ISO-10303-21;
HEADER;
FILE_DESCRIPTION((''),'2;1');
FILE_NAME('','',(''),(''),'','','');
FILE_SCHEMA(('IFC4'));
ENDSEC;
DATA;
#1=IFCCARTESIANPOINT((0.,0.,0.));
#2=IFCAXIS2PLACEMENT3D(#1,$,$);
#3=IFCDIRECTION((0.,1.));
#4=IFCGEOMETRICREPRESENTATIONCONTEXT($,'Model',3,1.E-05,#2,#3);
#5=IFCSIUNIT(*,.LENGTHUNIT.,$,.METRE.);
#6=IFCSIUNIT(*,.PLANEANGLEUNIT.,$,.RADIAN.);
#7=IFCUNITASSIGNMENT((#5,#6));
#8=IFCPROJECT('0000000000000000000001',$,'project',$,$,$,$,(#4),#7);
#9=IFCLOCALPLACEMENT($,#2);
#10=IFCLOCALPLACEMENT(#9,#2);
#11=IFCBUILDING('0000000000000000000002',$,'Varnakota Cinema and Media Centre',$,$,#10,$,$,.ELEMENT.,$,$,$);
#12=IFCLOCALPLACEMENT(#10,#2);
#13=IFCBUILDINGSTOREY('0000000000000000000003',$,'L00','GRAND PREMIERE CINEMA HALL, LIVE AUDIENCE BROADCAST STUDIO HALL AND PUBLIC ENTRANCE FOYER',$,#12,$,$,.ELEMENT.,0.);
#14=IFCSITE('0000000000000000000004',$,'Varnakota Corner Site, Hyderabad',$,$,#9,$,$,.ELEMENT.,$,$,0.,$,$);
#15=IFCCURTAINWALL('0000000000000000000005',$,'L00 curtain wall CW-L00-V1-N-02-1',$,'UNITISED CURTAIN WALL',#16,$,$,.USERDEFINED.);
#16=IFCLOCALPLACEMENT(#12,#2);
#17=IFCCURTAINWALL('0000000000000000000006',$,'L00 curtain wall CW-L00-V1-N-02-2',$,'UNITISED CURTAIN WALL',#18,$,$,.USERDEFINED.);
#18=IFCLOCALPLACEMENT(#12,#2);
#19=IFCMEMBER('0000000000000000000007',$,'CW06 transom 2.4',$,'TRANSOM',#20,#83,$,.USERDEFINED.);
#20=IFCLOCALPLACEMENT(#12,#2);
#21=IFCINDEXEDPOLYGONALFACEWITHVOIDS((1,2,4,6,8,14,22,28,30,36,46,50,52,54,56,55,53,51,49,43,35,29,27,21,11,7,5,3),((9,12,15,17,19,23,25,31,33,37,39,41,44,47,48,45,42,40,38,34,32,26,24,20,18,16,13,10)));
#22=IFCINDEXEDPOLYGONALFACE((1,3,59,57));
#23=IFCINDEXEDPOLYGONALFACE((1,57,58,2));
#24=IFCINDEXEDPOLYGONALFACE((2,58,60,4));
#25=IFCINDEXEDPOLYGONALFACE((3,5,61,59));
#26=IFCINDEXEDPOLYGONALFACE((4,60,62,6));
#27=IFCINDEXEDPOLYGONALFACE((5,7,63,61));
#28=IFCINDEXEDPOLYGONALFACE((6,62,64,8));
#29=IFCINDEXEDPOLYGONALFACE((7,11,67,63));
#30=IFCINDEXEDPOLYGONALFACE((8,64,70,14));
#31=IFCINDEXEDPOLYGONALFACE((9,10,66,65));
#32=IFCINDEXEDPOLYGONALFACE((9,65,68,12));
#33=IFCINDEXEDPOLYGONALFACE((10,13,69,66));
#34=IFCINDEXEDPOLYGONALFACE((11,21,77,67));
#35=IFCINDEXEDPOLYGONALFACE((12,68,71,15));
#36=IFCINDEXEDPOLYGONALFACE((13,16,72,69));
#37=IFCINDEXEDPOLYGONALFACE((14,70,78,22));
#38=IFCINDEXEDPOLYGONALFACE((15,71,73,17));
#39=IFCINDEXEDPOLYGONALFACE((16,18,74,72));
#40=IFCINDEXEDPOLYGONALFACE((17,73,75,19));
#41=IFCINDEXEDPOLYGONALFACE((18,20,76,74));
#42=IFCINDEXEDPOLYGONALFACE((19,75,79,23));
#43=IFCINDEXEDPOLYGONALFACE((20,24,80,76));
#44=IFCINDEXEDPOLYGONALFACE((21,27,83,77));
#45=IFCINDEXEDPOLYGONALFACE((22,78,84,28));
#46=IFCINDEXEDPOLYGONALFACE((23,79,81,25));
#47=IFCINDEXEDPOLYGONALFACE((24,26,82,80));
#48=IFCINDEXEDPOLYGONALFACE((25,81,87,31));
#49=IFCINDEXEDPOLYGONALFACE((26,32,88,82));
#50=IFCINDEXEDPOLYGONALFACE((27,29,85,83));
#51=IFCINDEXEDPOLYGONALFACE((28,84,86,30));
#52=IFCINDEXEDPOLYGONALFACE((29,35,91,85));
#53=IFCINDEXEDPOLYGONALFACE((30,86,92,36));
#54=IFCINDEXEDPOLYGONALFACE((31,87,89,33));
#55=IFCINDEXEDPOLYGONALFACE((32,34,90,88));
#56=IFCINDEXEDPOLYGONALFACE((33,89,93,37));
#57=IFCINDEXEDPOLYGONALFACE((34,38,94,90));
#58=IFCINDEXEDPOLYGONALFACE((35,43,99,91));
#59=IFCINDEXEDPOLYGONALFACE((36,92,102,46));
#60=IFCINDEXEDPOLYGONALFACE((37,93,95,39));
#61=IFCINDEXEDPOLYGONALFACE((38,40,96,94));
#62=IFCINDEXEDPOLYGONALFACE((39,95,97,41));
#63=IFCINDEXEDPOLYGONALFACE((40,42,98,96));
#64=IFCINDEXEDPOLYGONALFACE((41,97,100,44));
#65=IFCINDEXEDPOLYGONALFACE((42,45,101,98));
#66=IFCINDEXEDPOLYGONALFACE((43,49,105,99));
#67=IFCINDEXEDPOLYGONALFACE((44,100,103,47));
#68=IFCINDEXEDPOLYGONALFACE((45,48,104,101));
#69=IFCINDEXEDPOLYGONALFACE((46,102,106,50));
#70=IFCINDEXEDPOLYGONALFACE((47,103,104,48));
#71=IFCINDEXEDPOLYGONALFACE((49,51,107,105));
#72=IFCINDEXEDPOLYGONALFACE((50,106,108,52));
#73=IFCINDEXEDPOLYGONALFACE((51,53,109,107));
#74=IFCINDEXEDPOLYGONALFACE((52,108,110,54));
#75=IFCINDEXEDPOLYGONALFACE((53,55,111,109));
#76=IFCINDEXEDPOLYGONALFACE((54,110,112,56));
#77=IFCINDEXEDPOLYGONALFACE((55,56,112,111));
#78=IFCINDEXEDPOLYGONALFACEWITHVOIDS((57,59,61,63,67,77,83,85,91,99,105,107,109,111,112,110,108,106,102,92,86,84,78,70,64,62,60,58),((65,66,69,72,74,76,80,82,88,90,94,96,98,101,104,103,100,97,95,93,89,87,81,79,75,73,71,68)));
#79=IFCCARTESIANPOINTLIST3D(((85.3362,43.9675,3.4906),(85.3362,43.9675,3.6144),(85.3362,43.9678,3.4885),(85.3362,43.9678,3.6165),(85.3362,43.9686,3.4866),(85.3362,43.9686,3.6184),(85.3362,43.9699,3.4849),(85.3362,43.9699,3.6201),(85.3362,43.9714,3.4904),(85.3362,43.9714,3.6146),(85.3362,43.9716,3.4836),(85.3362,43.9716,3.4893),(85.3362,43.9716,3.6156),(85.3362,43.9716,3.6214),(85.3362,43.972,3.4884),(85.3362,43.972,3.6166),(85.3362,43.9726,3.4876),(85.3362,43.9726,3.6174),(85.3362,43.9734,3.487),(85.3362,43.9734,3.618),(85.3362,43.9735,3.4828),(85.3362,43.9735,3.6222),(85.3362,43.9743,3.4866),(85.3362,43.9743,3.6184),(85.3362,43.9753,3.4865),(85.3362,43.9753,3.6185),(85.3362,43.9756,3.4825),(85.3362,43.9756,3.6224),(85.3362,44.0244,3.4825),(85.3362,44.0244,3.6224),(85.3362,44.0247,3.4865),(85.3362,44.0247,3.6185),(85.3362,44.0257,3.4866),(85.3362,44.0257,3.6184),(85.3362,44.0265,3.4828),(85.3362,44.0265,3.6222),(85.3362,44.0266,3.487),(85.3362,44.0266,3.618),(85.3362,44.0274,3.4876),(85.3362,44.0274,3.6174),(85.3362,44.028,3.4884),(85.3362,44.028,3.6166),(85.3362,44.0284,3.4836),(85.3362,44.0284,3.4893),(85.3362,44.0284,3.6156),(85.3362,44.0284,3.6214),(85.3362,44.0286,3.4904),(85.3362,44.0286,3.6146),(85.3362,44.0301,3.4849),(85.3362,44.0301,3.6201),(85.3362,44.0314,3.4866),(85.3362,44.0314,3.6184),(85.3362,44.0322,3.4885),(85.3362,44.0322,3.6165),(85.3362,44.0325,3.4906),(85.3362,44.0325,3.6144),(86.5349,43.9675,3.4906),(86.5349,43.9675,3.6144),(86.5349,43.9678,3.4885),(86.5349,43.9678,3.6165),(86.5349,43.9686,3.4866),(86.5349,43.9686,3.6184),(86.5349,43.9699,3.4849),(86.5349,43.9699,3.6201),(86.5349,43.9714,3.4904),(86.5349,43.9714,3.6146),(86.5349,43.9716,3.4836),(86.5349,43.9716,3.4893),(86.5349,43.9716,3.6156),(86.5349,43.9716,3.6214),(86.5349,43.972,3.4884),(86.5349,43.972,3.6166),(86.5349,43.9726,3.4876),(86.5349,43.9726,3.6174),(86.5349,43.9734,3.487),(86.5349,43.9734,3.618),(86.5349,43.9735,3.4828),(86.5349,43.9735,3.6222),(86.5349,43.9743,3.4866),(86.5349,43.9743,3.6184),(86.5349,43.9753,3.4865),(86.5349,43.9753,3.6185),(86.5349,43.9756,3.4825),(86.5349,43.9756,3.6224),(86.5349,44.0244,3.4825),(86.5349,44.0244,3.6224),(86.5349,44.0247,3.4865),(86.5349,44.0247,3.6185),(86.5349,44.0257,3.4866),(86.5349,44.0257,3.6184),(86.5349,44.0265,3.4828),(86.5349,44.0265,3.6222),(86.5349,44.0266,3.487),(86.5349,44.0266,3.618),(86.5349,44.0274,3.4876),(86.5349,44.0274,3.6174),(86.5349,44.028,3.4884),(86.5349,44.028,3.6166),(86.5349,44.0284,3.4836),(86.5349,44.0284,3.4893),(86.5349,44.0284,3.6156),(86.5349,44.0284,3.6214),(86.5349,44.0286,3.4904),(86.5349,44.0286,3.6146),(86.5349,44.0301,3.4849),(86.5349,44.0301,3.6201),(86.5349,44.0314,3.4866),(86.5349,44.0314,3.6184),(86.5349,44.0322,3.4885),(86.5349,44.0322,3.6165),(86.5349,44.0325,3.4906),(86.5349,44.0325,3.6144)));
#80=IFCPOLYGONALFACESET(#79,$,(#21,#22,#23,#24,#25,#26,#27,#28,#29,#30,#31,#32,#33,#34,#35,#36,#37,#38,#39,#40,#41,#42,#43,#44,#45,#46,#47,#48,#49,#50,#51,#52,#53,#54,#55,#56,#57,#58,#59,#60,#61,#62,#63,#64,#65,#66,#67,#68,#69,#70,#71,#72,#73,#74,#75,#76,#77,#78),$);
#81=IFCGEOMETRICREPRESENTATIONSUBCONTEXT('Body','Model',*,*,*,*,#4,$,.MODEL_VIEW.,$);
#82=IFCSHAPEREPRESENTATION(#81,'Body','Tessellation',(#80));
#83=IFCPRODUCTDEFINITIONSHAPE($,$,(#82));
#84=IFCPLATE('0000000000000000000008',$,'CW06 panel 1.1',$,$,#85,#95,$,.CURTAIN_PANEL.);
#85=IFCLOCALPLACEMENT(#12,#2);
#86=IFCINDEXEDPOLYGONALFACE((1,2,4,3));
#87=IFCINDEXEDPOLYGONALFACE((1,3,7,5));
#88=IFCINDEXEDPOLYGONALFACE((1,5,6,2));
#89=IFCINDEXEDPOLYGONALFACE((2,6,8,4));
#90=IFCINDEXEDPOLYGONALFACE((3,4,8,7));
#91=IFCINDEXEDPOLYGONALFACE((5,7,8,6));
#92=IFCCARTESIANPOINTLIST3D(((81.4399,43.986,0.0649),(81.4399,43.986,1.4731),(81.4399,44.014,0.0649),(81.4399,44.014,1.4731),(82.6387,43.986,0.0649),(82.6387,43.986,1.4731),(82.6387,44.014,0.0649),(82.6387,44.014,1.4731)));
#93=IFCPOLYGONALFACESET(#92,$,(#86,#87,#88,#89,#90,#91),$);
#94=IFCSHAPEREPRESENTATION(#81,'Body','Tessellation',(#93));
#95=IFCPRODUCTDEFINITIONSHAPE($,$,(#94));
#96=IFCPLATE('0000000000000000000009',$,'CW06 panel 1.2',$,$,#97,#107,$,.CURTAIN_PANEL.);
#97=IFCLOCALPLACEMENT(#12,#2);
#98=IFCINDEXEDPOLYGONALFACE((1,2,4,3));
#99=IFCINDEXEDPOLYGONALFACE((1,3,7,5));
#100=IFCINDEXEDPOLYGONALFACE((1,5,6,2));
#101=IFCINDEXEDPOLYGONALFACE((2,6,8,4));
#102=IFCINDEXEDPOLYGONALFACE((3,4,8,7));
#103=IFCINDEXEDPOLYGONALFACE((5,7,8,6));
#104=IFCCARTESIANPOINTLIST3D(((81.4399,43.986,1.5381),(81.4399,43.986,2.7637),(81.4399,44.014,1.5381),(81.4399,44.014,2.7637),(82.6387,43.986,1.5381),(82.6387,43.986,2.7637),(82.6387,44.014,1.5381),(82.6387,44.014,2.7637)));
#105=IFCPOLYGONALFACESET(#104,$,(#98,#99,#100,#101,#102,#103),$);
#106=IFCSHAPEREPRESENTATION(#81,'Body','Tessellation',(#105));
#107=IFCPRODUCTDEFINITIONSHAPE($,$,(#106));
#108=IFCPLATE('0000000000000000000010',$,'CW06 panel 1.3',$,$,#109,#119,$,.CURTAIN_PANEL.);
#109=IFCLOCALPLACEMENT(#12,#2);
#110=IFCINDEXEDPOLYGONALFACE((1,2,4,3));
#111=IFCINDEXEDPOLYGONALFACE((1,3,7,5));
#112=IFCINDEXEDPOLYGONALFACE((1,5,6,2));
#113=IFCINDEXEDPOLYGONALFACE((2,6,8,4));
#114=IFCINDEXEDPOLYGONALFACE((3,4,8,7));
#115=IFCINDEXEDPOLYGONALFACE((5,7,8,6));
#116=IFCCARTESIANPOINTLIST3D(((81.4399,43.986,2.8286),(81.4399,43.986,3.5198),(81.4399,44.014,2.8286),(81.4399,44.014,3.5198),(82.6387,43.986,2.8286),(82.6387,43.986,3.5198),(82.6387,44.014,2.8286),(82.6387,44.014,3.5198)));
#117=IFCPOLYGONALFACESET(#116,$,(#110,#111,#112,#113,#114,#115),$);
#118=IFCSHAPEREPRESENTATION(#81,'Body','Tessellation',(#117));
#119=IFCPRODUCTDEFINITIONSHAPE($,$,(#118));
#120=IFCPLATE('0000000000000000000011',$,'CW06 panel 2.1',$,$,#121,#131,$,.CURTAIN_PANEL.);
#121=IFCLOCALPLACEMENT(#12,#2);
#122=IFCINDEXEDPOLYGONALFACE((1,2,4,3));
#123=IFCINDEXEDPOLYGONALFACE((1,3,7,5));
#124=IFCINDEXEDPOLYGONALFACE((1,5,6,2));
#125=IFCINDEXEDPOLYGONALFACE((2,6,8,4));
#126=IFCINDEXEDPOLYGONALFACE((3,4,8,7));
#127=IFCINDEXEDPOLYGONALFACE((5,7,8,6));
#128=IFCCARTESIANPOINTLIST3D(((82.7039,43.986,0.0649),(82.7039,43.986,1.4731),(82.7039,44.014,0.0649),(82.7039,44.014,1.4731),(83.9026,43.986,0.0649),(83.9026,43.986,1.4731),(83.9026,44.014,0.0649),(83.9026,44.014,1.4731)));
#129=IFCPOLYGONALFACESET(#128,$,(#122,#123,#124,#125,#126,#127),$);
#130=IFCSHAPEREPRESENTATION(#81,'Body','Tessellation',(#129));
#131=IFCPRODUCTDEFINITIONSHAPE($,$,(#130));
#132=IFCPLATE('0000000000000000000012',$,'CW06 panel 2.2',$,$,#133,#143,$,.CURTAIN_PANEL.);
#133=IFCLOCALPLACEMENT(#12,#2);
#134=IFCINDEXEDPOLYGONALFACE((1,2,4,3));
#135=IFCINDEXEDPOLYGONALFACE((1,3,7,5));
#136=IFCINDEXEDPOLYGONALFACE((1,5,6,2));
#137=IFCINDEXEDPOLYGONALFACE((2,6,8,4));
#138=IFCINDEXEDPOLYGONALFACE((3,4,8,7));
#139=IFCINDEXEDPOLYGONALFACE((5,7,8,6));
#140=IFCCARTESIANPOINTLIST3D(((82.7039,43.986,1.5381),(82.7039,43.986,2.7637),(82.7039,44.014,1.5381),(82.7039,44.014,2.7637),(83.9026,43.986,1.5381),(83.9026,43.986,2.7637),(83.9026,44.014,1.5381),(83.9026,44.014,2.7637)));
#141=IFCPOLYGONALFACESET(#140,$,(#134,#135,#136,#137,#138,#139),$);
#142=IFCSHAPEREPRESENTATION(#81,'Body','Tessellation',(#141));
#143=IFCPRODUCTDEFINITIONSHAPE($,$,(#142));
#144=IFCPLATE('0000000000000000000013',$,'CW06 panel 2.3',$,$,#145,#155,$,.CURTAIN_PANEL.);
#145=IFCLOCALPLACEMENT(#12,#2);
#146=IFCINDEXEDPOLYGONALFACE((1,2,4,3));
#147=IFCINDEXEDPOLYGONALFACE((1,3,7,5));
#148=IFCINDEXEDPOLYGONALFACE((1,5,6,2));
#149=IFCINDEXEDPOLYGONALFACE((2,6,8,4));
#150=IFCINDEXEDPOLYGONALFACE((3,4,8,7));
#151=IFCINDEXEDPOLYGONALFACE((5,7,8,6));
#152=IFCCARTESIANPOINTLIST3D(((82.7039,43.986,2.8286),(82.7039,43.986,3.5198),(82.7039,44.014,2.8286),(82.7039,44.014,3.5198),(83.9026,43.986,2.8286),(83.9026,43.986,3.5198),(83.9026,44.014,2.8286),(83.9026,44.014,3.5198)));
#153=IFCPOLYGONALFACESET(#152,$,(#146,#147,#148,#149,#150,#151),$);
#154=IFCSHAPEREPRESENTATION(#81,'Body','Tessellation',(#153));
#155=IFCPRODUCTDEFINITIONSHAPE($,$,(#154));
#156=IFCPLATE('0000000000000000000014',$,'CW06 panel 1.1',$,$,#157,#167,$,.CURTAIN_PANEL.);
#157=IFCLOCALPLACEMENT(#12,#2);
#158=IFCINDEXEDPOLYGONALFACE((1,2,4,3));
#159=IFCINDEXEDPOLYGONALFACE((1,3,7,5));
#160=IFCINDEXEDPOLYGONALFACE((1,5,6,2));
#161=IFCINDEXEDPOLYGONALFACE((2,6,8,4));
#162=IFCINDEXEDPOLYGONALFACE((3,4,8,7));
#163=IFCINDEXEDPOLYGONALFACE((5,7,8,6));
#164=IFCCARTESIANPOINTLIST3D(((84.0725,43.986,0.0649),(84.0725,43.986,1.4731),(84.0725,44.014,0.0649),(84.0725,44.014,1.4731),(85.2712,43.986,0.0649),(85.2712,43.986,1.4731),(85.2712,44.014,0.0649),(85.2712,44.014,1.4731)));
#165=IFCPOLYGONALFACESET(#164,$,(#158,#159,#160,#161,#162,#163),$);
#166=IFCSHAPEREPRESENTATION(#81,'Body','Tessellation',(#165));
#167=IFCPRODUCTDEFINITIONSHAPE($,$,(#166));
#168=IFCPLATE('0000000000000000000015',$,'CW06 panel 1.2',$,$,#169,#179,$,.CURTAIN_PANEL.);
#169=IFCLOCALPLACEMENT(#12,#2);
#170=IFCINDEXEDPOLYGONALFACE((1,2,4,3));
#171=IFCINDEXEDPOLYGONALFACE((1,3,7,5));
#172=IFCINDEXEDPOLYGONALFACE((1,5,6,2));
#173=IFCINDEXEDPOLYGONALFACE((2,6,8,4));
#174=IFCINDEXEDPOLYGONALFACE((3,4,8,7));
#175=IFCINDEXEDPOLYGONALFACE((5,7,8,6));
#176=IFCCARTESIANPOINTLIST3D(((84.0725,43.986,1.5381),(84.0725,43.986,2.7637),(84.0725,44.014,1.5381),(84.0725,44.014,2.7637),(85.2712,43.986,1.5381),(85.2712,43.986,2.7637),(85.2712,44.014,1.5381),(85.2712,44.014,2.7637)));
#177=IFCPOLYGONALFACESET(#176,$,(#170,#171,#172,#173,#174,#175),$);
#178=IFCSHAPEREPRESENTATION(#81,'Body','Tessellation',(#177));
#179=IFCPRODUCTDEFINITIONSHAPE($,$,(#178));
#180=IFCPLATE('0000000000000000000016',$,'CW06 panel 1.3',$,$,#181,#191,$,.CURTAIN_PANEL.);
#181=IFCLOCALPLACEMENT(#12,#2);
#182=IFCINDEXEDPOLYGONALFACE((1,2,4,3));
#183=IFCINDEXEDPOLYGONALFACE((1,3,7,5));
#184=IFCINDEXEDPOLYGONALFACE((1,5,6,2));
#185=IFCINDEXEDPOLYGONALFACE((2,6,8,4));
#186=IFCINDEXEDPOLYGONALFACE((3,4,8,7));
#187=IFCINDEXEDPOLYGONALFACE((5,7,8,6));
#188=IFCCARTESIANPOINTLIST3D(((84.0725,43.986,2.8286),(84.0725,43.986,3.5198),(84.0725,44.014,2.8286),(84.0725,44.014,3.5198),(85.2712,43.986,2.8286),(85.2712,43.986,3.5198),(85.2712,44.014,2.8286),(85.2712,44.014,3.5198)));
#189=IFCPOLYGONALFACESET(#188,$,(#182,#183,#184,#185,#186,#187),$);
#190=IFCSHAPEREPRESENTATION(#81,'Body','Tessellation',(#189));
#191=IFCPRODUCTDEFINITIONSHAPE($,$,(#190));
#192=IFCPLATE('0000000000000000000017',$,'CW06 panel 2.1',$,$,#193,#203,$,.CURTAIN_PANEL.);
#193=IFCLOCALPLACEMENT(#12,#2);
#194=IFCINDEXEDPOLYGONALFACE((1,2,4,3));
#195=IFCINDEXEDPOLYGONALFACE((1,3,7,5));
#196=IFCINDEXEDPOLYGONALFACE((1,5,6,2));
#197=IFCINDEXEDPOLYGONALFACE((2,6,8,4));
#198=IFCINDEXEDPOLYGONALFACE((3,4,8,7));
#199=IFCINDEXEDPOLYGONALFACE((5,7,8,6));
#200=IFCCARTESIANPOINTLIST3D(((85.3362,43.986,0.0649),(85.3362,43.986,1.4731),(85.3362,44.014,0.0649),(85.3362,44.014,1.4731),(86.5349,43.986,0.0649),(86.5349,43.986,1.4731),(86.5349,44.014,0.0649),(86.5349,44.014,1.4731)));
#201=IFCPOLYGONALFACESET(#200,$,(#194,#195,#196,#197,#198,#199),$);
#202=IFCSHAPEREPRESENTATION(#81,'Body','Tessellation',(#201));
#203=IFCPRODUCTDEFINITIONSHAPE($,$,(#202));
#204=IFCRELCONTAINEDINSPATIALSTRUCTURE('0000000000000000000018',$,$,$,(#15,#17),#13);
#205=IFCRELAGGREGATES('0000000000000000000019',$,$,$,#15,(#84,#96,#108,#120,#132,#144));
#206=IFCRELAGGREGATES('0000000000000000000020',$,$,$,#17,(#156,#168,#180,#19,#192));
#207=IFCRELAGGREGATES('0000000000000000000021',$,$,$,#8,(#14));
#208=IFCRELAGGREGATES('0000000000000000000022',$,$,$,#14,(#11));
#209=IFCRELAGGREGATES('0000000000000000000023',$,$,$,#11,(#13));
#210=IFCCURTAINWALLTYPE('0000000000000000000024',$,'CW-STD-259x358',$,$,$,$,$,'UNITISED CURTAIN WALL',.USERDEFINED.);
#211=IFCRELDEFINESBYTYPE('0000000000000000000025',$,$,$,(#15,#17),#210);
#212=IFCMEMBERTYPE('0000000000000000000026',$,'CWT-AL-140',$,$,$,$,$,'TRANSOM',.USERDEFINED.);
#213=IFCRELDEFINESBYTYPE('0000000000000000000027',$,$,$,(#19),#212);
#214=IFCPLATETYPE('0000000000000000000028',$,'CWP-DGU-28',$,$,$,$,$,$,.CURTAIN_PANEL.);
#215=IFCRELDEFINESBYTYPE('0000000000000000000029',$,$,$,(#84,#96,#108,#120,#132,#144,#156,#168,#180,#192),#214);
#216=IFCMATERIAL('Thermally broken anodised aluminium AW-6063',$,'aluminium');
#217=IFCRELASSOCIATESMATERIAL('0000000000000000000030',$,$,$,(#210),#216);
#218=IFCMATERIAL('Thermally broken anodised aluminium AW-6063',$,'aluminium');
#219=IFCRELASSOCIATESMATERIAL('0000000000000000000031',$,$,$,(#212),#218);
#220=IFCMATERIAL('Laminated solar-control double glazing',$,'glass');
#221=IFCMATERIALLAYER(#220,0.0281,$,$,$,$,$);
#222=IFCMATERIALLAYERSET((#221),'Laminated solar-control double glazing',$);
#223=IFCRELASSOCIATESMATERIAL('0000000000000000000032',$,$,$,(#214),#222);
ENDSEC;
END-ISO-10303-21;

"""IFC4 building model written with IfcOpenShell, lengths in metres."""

from ifc_helpers import new_model, si_unit, direction, frame, origin, origin_2d, place, context, subcontext, project, spatial, rectangle, hollow_rectangle, extrude, material, layer, layer_set, material_profile, profile_set, type_object, element, aggregate, save


model = new_model("IFC4")

# Units and contexts
model_context = context("Model", 3, precision=1e-05, world=origin(), true_north=direction((0.0, 1.0)))
body_context = subcontext(model_context, "Body", "Model", "MODEL_VIEW")
ifc_project = project(units=[si_unit("LENGTHUNIT", "METRE"), si_unit("PLANEANGLEUNIT", "RADIAN")], contexts=[model_context])

# Site, building, storey
site_placement = place(None, origin())
site = spatial("IfcSite", under=ifc_project, at=site_placement, Name="Varnakota Corner Site, Hyderabad", CompositionType="ELEMENT", RefElevation=0.0)
building_placement = place(site_placement, origin())
building = spatial("IfcBuilding", under=site, at=building_placement, Name="Varnakota Cinema and Media Centre", CompositionType="ELEMENT")
storey_placement = place(building_placement, origin())
storey = spatial("IfcBuildingStorey", under=building, at=storey_placement, Name="L00", Description="GRAND PREMIERE CINEMA HALL, LIVE AUDIENCE BROADCAST STUDIO HALL AND PUBLIC ENTRANCE FOYER", CompositionType="ELEMENT", Elevation=0.0)

# Curtain walls
ifc_material_1 = material(Name="Thermally broken anodised aluminium AW-6063", Category="aluminium")
curtain_wall_type = type_object("IfcCurtainWallType", Name="CW-STD-259x358", ElementType="UNITISED CURTAIN WALL", PredefinedType="USERDEFINED", material=ifc_material_1)
curtain_wall_1_placement = place(storey_placement, origin())
curtain_wall_1 = element("IfcCurtainWall", 1, at=curtain_wall_1_placement, inside=storey, type_object=curtain_wall_type, Name="L00 curtain wall CW-L00-V1-N-02-1", ObjectType="UNITISED CURTAIN WALL", PredefinedType="USERDEFINED")
curtain_wall_2_placement = place(storey_placement, origin())
curtain_wall_2 = element("IfcCurtainWall", 2, at=curtain_wall_2_placement, inside=storey, type_object=curtain_wall_type, Name="L00 curtain wall CW-L00-V1-N-02-2", ObjectType="UNITISED CURTAIN WALL", PredefinedType="USERDEFINED")

# Member
ifc_material_2 = material(Name="Thermally broken anodised aluminium AW-6063", Category="aluminium")
ifc_material_profile_1 = material_profile(ifc_material_2, hollow_rectangle(XDim=0.0649, YDim=0.1399, WallThickness=0.0039, InnerFilletRadius=0.0039, OuterFilletRadius=0.0081, at=origin_2d()), Name="AL-TRANSOM 140x65x4")
ifc_profile_set_1 = profile_set([ifc_material_profile_1], Name="Thermally broken anodised aluminium AW-6063")
member_type_1 = type_object("IfcMemberType", Name="CWT-AL-140", ElementType="TRANSOM", PredefinedType="USERDEFINED", material=ifc_profile_set_1)
member_1_placement = place(storey_placement, frame((85.3362, 44.0, 3.5525), z_axis=(1.0, 0.0, 0.0), x_axis=(0.0, 1.0, 0.0)))
member_1 = element("IfcMember", 3, at=member_1_placement, type_object=member_type_1, Name="CW06 transom 2.4", ObjectType="TRANSOM", PredefinedType="USERDEFINED", context=body_context, shape_type="SweptSolid", body=[
    extrude(hollow_rectangle(XDim=0.0649, YDim=0.1399, WallThickness=0.0039, InnerFilletRadius=0.0039, OuterFilletRadius=0.0081, at=origin_2d()), origin(), (0.0, 0.0, 1.0), 1.1987),
])

# Plates
ifc_material_3 = material(Name="Laminated solar-control double glazing", Category="glass")
ifc_layer = layer(ifc_material_3, 0.0281)
ifc_layer_set = layer_set([ifc_layer], Name="Laminated solar-control double glazing")
plate_type = type_object("IfcPlateType", Name="CWP-DGU-28", PredefinedType="CURTAIN_PANEL", material=ifc_layer_set)
plate_1_placement = place(storey_placement, frame((82.0393, 44.0, 0.0649), z_axis=(0.0, 0.0, 1.0), x_axis=(1.0, 0.0, 0.0)))
plate_1 = element("IfcPlate", 4, at=plate_1_placement, type_object=plate_type, Name="CW06 panel 1.1", PredefinedType="CURTAIN_PANEL", context=body_context, shape_type="SweptSolid", body=[
    extrude(rectangle(XDim=1.1987, YDim=0.0281, at=origin_2d()), origin(), (0.0, 0.0, 1.0), 1.4082),
])
plate_2_placement = place(storey_placement, frame((82.0393, 44.0, 1.5381), z_axis=(0.0, 0.0, 1.0), x_axis=(1.0, 0.0, 0.0)))
plate_2 = element("IfcPlate", 5, at=plate_2_placement, type_object=plate_type, Name="CW06 panel 1.2", PredefinedType="CURTAIN_PANEL", context=body_context, shape_type="SweptSolid", body=[
    extrude(rectangle(XDim=1.1987, YDim=0.0281, at=origin_2d()), origin(), (0.0, 0.0, 1.0), 1.2256),
])
plate_3_placement = place(storey_placement, frame((82.0393, 44.0, 2.8286), z_axis=(0.0, 0.0, 1.0), x_axis=(1.0, 0.0, 0.0)))
plate_3 = element("IfcPlate", 6, at=plate_3_placement, type_object=plate_type, Name="CW06 panel 1.3", PredefinedType="CURTAIN_PANEL", context=body_context, shape_type="SweptSolid", body=[
    extrude(rectangle(XDim=1.1987, YDim=0.0281, at=origin_2d()), origin(), (0.0, 0.0, 1.0), 0.6912),
])
plate_4_placement = place(storey_placement, frame((83.3032, 44.0, 0.0649), z_axis=(0.0, 0.0, 1.0), x_axis=(1.0, 0.0, 0.0)))
plate_4 = element("IfcPlate", 7, at=plate_4_placement, type_object=plate_type, Name="CW06 panel 2.1", PredefinedType="CURTAIN_PANEL", context=body_context, shape_type="SweptSolid", body=[
    extrude(rectangle(XDim=1.1987, YDim=0.0281, at=origin_2d()), origin(), (0.0, 0.0, 1.0), 1.4082),
])
plate_5_placement = place(storey_placement, frame((83.3032, 44.0, 1.5381), z_axis=(0.0, 0.0, 1.0), x_axis=(1.0, 0.0, 0.0)))
plate_5 = element("IfcPlate", 8, at=plate_5_placement, type_object=plate_type, Name="CW06 panel 2.2", PredefinedType="CURTAIN_PANEL", context=body_context, shape_type="SweptSolid", body=[
    extrude(rectangle(XDim=1.1987, YDim=0.0281, at=origin_2d()), origin(), (0.0, 0.0, 1.0), 1.2256),
])
plate_6_placement = place(storey_placement, frame((83.3032, 44.0, 2.8286), z_axis=(0.0, 0.0, 1.0), x_axis=(1.0, 0.0, 0.0)))
plate_6 = element("IfcPlate", 9, at=plate_6_placement, type_object=plate_type, Name="CW06 panel 2.3", PredefinedType="CURTAIN_PANEL", context=body_context, shape_type="SweptSolid", body=[
    extrude(rectangle(XDim=1.1987, YDim=0.0281, at=origin_2d()), origin(), (0.0, 0.0, 1.0), 0.6912),
])
aggregate(curtain_wall_1, [plate_1, plate_2, plate_3, plate_4, plate_5, plate_6])
plate_7_placement = place(storey_placement, frame((84.6719, 44.0, 0.0649), z_axis=(0.0, 0.0, 1.0), x_axis=(1.0, 0.0, 0.0)))
plate_7 = element("IfcPlate", 10, at=plate_7_placement, type_object=plate_type, Name="CW06 panel 1.1", PredefinedType="CURTAIN_PANEL", context=body_context, shape_type="SweptSolid", body=[
    extrude(rectangle(XDim=1.1987, YDim=0.0281, at=origin_2d()), origin(), (0.0, 0.0, 1.0), 1.4082),
])
plate_8_placement = place(storey_placement, frame((84.6719, 44.0, 1.5381), z_axis=(0.0, 0.0, 1.0), x_axis=(1.0, 0.0, 0.0)))
plate_8 = element("IfcPlate", 11, at=plate_8_placement, type_object=plate_type, Name="CW06 panel 1.2", PredefinedType="CURTAIN_PANEL", context=body_context, shape_type="SweptSolid", body=[
    extrude(rectangle(XDim=1.1987, YDim=0.0281, at=origin_2d()), origin(), (0.0, 0.0, 1.0), 1.2256),
])
plate_9_placement = place(storey_placement, frame((84.6719, 44.0, 2.8286), z_axis=(0.0, 0.0, 1.0), x_axis=(1.0, 0.0, 0.0)))
plate_9 = element("IfcPlate", 12, at=plate_9_placement, type_object=plate_type, Name="CW06 panel 1.3", PredefinedType="CURTAIN_PANEL", context=body_context, shape_type="SweptSolid", body=[
    extrude(rectangle(XDim=1.1987, YDim=0.0281, at=origin_2d()), origin(), (0.0, 0.0, 1.0), 0.6912),
])
plate_10_placement = place(storey_placement, frame((85.9355, 44.0, 0.0649), z_axis=(0.0, 0.0, 1.0), x_axis=(1.0, 0.0, 0.0)))
plate_10 = element("IfcPlate", 13, at=plate_10_placement, type_object=plate_type, Name="CW06 panel 2.1", PredefinedType="CURTAIN_PANEL", context=body_context, shape_type="SweptSolid", body=[
    extrude(rectangle(XDim=1.1987, YDim=0.0281, at=origin_2d()), origin(), (0.0, 0.0, 1.0), 1.4082),
])
aggregate(curtain_wall_2, [plate_7, plate_8, plate_9, member_1, plate_10])

save(model, "model.ifc")
